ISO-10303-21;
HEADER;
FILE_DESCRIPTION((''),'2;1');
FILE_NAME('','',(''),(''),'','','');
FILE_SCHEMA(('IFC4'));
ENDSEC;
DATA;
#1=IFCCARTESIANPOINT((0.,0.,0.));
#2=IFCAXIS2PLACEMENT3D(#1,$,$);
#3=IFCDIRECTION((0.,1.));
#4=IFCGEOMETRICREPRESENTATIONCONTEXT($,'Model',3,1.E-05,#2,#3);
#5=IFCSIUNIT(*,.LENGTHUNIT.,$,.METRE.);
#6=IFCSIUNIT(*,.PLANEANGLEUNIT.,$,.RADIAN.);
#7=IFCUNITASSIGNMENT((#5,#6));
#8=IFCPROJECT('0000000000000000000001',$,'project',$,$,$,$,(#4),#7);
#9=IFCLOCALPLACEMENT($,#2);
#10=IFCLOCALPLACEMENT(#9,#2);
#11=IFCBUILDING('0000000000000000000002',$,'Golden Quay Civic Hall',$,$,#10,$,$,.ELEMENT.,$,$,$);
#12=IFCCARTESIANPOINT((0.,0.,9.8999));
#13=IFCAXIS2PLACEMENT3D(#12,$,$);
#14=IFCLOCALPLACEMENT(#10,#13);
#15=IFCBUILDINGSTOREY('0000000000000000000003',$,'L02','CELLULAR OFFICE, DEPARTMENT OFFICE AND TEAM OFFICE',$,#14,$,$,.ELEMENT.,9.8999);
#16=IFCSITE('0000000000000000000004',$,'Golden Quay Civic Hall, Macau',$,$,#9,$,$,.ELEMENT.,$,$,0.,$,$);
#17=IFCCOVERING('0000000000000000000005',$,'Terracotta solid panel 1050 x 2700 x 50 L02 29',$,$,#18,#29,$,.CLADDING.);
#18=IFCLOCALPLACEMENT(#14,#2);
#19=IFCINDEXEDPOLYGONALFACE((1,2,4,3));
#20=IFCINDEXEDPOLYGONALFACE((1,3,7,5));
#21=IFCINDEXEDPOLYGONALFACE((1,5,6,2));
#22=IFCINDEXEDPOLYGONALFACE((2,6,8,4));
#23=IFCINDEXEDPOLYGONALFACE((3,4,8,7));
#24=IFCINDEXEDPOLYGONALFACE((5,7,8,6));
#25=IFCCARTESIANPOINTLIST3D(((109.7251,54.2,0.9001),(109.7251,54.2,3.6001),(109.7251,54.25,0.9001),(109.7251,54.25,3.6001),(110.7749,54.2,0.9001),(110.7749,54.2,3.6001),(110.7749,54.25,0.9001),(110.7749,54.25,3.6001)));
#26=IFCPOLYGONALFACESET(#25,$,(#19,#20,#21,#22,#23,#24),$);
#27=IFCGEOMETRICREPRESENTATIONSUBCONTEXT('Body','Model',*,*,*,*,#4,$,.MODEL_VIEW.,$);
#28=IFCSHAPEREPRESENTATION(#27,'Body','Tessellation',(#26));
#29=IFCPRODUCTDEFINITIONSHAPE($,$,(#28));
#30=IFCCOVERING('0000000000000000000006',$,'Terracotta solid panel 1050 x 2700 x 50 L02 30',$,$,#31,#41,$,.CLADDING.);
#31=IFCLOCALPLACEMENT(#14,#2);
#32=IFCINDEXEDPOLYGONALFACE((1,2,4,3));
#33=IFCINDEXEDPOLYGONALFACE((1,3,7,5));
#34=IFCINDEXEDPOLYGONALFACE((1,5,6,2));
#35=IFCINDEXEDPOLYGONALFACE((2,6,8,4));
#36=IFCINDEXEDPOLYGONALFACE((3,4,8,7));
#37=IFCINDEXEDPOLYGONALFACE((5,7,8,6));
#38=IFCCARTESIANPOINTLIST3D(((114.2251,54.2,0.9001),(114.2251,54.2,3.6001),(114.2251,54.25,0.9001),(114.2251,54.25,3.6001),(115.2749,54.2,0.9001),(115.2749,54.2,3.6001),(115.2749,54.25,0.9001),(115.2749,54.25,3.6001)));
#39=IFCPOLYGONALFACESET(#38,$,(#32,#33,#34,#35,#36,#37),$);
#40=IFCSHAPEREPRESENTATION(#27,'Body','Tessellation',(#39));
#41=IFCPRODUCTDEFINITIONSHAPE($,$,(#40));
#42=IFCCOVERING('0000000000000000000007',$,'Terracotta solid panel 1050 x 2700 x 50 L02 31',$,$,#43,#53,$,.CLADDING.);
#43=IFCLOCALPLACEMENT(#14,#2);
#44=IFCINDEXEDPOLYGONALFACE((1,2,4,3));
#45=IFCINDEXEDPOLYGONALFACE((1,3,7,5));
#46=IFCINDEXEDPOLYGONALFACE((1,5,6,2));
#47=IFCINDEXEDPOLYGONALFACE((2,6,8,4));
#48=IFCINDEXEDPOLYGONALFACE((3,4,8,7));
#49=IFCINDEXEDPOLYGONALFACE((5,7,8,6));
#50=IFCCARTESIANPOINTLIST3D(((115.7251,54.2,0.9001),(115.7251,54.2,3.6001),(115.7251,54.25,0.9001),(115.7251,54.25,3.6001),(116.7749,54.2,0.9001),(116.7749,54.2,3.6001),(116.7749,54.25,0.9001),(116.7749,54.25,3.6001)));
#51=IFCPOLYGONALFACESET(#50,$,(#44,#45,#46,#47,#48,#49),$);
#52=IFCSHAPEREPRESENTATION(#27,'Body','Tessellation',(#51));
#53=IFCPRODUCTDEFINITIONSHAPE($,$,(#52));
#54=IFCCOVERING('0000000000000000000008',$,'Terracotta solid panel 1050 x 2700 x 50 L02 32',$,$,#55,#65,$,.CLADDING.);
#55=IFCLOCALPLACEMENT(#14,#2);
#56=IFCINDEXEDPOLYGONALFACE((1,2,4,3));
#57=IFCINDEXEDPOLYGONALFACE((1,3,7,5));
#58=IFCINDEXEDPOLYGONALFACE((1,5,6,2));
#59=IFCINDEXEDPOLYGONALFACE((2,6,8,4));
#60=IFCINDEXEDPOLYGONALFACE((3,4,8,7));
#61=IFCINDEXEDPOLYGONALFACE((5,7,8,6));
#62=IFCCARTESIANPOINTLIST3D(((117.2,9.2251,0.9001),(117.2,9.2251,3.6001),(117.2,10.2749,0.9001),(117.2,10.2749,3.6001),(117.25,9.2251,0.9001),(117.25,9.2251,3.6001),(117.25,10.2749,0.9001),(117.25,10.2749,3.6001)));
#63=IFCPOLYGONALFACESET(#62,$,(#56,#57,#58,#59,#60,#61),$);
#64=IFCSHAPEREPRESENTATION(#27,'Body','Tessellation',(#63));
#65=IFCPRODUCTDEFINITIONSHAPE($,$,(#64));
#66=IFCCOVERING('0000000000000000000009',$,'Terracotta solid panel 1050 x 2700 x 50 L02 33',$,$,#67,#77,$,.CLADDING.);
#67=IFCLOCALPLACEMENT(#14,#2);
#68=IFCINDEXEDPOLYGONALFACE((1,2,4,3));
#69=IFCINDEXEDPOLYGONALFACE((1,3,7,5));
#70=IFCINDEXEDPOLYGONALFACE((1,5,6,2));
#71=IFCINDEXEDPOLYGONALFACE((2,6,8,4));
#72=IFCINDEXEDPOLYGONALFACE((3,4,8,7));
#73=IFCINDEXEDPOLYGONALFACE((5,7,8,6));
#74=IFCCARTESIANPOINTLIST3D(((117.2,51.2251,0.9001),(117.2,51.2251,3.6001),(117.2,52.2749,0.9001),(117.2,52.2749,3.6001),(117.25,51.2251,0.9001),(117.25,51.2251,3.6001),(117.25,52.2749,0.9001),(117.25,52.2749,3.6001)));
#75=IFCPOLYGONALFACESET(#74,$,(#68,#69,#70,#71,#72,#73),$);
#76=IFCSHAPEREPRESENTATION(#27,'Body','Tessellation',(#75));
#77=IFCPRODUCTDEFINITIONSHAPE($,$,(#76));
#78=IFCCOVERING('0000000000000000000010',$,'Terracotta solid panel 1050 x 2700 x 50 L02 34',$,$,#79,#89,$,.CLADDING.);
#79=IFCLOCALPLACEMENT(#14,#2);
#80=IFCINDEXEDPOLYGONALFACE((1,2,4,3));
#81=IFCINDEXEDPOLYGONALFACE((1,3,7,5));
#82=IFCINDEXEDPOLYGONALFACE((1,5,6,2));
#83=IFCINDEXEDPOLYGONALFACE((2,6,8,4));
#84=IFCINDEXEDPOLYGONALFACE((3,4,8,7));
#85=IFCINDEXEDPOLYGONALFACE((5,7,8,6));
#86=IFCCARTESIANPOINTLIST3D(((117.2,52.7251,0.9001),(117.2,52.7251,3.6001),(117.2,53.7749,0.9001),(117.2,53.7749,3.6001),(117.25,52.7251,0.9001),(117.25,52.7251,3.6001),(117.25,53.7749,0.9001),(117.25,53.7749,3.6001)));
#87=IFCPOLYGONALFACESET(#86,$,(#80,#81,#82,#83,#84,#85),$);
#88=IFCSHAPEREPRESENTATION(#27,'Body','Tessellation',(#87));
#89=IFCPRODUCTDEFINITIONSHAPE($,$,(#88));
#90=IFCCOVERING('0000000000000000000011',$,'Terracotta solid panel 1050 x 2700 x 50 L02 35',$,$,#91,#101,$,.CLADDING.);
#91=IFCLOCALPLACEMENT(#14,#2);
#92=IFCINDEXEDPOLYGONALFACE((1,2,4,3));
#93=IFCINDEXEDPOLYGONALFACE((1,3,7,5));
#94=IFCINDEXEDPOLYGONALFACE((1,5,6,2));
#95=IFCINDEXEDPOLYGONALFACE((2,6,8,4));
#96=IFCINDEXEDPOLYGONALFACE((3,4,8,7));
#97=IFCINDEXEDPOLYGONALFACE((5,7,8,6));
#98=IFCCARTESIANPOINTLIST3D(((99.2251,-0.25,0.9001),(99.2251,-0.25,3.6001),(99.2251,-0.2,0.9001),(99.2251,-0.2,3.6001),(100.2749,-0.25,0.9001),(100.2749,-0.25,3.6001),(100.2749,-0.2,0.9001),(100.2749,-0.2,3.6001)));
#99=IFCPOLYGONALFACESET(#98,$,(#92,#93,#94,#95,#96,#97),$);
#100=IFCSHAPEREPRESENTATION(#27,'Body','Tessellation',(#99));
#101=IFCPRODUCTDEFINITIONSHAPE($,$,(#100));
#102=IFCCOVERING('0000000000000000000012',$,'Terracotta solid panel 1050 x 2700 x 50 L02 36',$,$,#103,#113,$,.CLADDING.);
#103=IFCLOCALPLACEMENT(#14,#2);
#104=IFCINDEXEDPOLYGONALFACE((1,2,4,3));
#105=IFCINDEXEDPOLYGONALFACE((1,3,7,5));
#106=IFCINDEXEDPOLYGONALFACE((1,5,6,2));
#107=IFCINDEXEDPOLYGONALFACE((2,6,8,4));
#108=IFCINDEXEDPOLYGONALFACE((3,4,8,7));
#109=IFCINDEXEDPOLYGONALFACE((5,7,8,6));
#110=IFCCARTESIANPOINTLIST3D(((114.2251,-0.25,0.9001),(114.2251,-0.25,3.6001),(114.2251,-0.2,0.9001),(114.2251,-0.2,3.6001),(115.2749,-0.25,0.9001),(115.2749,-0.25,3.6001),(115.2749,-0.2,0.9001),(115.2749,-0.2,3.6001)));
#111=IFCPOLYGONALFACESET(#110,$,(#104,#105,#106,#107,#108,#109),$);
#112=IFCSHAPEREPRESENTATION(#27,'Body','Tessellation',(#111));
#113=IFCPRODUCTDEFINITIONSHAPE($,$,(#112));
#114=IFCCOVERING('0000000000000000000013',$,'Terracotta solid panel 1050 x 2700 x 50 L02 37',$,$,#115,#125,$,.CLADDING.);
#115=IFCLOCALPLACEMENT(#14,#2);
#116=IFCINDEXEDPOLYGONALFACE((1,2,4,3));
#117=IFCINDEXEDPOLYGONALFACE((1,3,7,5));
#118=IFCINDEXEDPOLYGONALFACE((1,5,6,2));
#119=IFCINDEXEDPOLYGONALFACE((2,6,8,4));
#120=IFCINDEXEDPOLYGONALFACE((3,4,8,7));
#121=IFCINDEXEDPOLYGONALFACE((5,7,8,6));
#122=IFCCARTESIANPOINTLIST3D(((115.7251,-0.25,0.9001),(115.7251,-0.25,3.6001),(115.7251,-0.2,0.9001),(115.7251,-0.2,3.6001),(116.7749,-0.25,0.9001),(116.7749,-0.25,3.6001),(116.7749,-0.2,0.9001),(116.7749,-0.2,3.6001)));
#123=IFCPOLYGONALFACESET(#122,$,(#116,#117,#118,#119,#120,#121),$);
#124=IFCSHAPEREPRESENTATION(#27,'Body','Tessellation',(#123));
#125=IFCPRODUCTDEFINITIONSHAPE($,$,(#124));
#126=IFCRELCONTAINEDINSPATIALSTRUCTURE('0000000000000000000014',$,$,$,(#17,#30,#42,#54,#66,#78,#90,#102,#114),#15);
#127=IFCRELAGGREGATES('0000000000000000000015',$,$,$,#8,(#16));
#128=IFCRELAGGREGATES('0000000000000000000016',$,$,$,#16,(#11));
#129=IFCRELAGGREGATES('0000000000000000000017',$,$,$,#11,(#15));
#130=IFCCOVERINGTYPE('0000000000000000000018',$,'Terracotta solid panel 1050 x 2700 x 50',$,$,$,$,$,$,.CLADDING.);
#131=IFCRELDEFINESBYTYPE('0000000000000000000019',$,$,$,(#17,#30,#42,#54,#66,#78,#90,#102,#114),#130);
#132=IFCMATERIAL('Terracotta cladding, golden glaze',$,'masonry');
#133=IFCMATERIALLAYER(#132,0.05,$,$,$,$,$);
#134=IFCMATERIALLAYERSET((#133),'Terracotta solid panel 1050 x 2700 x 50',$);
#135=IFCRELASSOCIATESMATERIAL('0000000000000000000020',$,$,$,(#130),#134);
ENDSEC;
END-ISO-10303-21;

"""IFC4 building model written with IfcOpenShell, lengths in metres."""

from ifc_helpers import new_model, si_unit, direction, frame, origin, place, context, subcontext, project, spatial, polyline, outline, extrude, material, layer, layer_set, type_object, element, save


model = new_model("IFC4")

# Units and contexts
model_context = context("Model", 3, precision=1e-05, world=origin(), true_north=direction((0.0, 1.0)))
body_context = subcontext(model_context, "Body", "Model", "MODEL_VIEW")
ifc_project = project(units=[si_unit("LENGTHUNIT", "METRE"), si_unit("PLANEANGLEUNIT", "RADIAN")], contexts=[model_context])

# Site, building, storey
site_placement = place(None, origin())
site = spatial("IfcSite", under=ifc_project, at=site_placement, Name="Golden Quay Civic Hall, Macau", CompositionType="ELEMENT", RefElevation=0.0)
building_placement = place(site_placement, origin())
building = spatial("IfcBuilding", under=site, at=building_placement, Name="Golden Quay Civic Hall", CompositionType="ELEMENT")
storey_placement = place(building_placement, frame((0.0, 0.0, 9.8999)))
storey = spatial("IfcBuildingStorey", under=building, at=storey_placement, Name="L02", Description="CELLULAR OFFICE, DEPARTMENT OFFICE AND TEAM OFFICE", CompositionType="ELEMENT", Elevation=9.8999)

# Coverings
ifc_material_1 = material(Name="Terracotta cladding, golden glaze", Category="masonry")
ifc_layer_1 = layer(ifc_material_1, 0.05)
ifc_layer_set_1 = layer_set([ifc_layer_1], Name="Terracotta solid panel 1050 x 2700 x 50")
covering_type_1 = type_object("IfcCoveringType", Name="Terracotta solid panel 1050 x 2700 x 50", PredefinedType="CLADDING", material=ifc_layer_set_1)
covering_1_placement = place(storey_placement, frame((0.0, 0.0, 0.9001)))
element("IfcCovering", 1, at=covering_1_placement, inside=storey, type_object=covering_type_1, Name="Terracotta solid panel 1050 x 2700 x 50 L02 29", PredefinedType="CLADDING", context=body_context, shape_type="SweptSolid", body=[
    extrude(outline(polyline([(109.7251, 54.2), (110.7749, 54.2), (110.7749, 54.25), (109.7251, 54.25), (109.7251, 54.2)])), origin(), (0.0, 0.0, 1.0), 2.7),
])
covering_2_placement = place(storey_placement, frame((0.0, 0.0, 0.9001)))
element("IfcCovering", 2, at=covering_2_placement, inside=storey, type_object=covering_type_1, Name="Terracotta solid panel 1050 x 2700 x 50 L02 30", PredefinedType="CLADDING", context=body_context, shape_type="SweptSolid", body=[
    extrude(outline(polyline([(114.2251, 54.2), (115.2749, 54.2), (115.2749, 54.25), (114.2251, 54.25), (114.2251, 54.2)])), origin(), (0.0, 0.0, 1.0), 2.7),
])
covering_3_placement = place(storey_placement, frame((0.0, 0.0, 0.9001)))
element("IfcCovering", 3, at=covering_3_placement, inside=storey, type_object=covering_type_1, Name="Terracotta solid panel 1050 x 2700 x 50 L02 31", PredefinedType="CLADDING", context=body_context, shape_type="SweptSolid", body=[
    extrude(outline(polyline([(115.7251, 54.2), (116.7749, 54.2), (116.7749, 54.25), (115.7251, 54.25), (115.7251, 54.2)])), origin(), (0.0, 0.0, 1.0), 2.7),
])
covering_4_placement = place(storey_placement, frame((0.0, 0.0, 0.9001)))
element("IfcCovering", 4, at=covering_4_placement, inside=storey, type_object=covering_type_1, Name="Terracotta solid panel 1050 x 2700 x 50 L02 32", PredefinedType="CLADDING", context=body_context, shape_type="SweptSolid", body=[
    extrude(outline(polyline([(117.2, 9.2251), (117.2, 10.2749), (117.25, 10.2749), (117.25, 9.2251), (117.2, 9.2251)])), origin(), (0.0, 0.0, 1.0), 2.7),
])
covering_5_placement = place(storey_placement, frame((0.0, 0.0, 0.9001)))
element("IfcCovering", 5, at=covering_5_placement, inside=storey, type_object=covering_type_1, Name="Terracotta solid panel 1050 x 2700 x 50 L02 33", PredefinedType="CLADDING", context=body_context, shape_type="SweptSolid", body=[
    extrude(outline(polyline([(117.2, 51.2251), (117.2, 52.2749), (117.25, 52.2749), (117.25, 51.2251), (117.2, 51.2251)])), origin(), (0.0, 0.0, 1.0), 2.7),
])
covering_6_placement = place(storey_placement, frame((0.0, 0.0, 0.9001)))
element("IfcCovering", 6, at=covering_6_placement, inside=storey, type_object=covering_type_1, Name="Terracotta solid panel 1050 x 2700 x 50 L02 34", PredefinedType="CLADDING", context=body_context, shape_type="SweptSolid", body=[
    extrude(outline(polyline([(117.2, 52.7251), (117.2, 53.7749), (117.25, 53.7749), (117.25, 52.7251), (117.2, 52.7251)])), origin(), (0.0, 0.0, 1.0), 2.7),
])
covering_7_placement = place(storey_placement, frame((0.0, 0.0, 0.9001)))
element("IfcCovering", 7, at=covering_7_placement, inside=storey, type_object=covering_type_1, Name="Terracotta solid panel 1050 x 2700 x 50 L02 35", PredefinedType="CLADDING", context=body_context, shape_type="SweptSolid", body=[
    extrude(outline(polyline([(99.2251, -0.2), (100.2749, -0.2), (100.2749, -0.25), (99.2251, -0.25), (99.2251, -0.2)])), origin(), (0.0, 0.0, 1.0), 2.7),
])
covering_8_placement = place(storey_placement, frame((0.0, 0.0, 0.9001)))
element("IfcCovering", 8, at=covering_8_placement, inside=storey, type_object=covering_type_1, Name="Terracotta solid panel 1050 x 2700 x 50 L02 36", PredefinedType="CLADDING", context=body_context, shape_type="SweptSolid", body=[
    extrude(outline(polyline([(114.2251, -0.2), (115.2749, -0.2), (115.2749, -0.25), (114.2251, -0.25), (114.2251, -0.2)])), origin(), (0.0, 0.0, 1.0), 2.7),
])
covering_9_placement = place(storey_placement, frame((0.0, 0.0, 0.9001)))
element("IfcCovering", 9, at=covering_9_placement, inside=storey, type_object=covering_type_1, Name="Terracotta solid panel 1050 x 2700 x 50 L02 37", PredefinedType="CLADDING", context=body_context, shape_type="SweptSolid", body=[
    extrude(outline(polyline([(115.7251, -0.2), (116.7749, -0.2), (116.7749, -0.25), (115.7251, -0.25), (115.7251, -0.2)])), origin(), (0.0, 0.0, 1.0), 2.7),
])

save(model, "model.ifc")
